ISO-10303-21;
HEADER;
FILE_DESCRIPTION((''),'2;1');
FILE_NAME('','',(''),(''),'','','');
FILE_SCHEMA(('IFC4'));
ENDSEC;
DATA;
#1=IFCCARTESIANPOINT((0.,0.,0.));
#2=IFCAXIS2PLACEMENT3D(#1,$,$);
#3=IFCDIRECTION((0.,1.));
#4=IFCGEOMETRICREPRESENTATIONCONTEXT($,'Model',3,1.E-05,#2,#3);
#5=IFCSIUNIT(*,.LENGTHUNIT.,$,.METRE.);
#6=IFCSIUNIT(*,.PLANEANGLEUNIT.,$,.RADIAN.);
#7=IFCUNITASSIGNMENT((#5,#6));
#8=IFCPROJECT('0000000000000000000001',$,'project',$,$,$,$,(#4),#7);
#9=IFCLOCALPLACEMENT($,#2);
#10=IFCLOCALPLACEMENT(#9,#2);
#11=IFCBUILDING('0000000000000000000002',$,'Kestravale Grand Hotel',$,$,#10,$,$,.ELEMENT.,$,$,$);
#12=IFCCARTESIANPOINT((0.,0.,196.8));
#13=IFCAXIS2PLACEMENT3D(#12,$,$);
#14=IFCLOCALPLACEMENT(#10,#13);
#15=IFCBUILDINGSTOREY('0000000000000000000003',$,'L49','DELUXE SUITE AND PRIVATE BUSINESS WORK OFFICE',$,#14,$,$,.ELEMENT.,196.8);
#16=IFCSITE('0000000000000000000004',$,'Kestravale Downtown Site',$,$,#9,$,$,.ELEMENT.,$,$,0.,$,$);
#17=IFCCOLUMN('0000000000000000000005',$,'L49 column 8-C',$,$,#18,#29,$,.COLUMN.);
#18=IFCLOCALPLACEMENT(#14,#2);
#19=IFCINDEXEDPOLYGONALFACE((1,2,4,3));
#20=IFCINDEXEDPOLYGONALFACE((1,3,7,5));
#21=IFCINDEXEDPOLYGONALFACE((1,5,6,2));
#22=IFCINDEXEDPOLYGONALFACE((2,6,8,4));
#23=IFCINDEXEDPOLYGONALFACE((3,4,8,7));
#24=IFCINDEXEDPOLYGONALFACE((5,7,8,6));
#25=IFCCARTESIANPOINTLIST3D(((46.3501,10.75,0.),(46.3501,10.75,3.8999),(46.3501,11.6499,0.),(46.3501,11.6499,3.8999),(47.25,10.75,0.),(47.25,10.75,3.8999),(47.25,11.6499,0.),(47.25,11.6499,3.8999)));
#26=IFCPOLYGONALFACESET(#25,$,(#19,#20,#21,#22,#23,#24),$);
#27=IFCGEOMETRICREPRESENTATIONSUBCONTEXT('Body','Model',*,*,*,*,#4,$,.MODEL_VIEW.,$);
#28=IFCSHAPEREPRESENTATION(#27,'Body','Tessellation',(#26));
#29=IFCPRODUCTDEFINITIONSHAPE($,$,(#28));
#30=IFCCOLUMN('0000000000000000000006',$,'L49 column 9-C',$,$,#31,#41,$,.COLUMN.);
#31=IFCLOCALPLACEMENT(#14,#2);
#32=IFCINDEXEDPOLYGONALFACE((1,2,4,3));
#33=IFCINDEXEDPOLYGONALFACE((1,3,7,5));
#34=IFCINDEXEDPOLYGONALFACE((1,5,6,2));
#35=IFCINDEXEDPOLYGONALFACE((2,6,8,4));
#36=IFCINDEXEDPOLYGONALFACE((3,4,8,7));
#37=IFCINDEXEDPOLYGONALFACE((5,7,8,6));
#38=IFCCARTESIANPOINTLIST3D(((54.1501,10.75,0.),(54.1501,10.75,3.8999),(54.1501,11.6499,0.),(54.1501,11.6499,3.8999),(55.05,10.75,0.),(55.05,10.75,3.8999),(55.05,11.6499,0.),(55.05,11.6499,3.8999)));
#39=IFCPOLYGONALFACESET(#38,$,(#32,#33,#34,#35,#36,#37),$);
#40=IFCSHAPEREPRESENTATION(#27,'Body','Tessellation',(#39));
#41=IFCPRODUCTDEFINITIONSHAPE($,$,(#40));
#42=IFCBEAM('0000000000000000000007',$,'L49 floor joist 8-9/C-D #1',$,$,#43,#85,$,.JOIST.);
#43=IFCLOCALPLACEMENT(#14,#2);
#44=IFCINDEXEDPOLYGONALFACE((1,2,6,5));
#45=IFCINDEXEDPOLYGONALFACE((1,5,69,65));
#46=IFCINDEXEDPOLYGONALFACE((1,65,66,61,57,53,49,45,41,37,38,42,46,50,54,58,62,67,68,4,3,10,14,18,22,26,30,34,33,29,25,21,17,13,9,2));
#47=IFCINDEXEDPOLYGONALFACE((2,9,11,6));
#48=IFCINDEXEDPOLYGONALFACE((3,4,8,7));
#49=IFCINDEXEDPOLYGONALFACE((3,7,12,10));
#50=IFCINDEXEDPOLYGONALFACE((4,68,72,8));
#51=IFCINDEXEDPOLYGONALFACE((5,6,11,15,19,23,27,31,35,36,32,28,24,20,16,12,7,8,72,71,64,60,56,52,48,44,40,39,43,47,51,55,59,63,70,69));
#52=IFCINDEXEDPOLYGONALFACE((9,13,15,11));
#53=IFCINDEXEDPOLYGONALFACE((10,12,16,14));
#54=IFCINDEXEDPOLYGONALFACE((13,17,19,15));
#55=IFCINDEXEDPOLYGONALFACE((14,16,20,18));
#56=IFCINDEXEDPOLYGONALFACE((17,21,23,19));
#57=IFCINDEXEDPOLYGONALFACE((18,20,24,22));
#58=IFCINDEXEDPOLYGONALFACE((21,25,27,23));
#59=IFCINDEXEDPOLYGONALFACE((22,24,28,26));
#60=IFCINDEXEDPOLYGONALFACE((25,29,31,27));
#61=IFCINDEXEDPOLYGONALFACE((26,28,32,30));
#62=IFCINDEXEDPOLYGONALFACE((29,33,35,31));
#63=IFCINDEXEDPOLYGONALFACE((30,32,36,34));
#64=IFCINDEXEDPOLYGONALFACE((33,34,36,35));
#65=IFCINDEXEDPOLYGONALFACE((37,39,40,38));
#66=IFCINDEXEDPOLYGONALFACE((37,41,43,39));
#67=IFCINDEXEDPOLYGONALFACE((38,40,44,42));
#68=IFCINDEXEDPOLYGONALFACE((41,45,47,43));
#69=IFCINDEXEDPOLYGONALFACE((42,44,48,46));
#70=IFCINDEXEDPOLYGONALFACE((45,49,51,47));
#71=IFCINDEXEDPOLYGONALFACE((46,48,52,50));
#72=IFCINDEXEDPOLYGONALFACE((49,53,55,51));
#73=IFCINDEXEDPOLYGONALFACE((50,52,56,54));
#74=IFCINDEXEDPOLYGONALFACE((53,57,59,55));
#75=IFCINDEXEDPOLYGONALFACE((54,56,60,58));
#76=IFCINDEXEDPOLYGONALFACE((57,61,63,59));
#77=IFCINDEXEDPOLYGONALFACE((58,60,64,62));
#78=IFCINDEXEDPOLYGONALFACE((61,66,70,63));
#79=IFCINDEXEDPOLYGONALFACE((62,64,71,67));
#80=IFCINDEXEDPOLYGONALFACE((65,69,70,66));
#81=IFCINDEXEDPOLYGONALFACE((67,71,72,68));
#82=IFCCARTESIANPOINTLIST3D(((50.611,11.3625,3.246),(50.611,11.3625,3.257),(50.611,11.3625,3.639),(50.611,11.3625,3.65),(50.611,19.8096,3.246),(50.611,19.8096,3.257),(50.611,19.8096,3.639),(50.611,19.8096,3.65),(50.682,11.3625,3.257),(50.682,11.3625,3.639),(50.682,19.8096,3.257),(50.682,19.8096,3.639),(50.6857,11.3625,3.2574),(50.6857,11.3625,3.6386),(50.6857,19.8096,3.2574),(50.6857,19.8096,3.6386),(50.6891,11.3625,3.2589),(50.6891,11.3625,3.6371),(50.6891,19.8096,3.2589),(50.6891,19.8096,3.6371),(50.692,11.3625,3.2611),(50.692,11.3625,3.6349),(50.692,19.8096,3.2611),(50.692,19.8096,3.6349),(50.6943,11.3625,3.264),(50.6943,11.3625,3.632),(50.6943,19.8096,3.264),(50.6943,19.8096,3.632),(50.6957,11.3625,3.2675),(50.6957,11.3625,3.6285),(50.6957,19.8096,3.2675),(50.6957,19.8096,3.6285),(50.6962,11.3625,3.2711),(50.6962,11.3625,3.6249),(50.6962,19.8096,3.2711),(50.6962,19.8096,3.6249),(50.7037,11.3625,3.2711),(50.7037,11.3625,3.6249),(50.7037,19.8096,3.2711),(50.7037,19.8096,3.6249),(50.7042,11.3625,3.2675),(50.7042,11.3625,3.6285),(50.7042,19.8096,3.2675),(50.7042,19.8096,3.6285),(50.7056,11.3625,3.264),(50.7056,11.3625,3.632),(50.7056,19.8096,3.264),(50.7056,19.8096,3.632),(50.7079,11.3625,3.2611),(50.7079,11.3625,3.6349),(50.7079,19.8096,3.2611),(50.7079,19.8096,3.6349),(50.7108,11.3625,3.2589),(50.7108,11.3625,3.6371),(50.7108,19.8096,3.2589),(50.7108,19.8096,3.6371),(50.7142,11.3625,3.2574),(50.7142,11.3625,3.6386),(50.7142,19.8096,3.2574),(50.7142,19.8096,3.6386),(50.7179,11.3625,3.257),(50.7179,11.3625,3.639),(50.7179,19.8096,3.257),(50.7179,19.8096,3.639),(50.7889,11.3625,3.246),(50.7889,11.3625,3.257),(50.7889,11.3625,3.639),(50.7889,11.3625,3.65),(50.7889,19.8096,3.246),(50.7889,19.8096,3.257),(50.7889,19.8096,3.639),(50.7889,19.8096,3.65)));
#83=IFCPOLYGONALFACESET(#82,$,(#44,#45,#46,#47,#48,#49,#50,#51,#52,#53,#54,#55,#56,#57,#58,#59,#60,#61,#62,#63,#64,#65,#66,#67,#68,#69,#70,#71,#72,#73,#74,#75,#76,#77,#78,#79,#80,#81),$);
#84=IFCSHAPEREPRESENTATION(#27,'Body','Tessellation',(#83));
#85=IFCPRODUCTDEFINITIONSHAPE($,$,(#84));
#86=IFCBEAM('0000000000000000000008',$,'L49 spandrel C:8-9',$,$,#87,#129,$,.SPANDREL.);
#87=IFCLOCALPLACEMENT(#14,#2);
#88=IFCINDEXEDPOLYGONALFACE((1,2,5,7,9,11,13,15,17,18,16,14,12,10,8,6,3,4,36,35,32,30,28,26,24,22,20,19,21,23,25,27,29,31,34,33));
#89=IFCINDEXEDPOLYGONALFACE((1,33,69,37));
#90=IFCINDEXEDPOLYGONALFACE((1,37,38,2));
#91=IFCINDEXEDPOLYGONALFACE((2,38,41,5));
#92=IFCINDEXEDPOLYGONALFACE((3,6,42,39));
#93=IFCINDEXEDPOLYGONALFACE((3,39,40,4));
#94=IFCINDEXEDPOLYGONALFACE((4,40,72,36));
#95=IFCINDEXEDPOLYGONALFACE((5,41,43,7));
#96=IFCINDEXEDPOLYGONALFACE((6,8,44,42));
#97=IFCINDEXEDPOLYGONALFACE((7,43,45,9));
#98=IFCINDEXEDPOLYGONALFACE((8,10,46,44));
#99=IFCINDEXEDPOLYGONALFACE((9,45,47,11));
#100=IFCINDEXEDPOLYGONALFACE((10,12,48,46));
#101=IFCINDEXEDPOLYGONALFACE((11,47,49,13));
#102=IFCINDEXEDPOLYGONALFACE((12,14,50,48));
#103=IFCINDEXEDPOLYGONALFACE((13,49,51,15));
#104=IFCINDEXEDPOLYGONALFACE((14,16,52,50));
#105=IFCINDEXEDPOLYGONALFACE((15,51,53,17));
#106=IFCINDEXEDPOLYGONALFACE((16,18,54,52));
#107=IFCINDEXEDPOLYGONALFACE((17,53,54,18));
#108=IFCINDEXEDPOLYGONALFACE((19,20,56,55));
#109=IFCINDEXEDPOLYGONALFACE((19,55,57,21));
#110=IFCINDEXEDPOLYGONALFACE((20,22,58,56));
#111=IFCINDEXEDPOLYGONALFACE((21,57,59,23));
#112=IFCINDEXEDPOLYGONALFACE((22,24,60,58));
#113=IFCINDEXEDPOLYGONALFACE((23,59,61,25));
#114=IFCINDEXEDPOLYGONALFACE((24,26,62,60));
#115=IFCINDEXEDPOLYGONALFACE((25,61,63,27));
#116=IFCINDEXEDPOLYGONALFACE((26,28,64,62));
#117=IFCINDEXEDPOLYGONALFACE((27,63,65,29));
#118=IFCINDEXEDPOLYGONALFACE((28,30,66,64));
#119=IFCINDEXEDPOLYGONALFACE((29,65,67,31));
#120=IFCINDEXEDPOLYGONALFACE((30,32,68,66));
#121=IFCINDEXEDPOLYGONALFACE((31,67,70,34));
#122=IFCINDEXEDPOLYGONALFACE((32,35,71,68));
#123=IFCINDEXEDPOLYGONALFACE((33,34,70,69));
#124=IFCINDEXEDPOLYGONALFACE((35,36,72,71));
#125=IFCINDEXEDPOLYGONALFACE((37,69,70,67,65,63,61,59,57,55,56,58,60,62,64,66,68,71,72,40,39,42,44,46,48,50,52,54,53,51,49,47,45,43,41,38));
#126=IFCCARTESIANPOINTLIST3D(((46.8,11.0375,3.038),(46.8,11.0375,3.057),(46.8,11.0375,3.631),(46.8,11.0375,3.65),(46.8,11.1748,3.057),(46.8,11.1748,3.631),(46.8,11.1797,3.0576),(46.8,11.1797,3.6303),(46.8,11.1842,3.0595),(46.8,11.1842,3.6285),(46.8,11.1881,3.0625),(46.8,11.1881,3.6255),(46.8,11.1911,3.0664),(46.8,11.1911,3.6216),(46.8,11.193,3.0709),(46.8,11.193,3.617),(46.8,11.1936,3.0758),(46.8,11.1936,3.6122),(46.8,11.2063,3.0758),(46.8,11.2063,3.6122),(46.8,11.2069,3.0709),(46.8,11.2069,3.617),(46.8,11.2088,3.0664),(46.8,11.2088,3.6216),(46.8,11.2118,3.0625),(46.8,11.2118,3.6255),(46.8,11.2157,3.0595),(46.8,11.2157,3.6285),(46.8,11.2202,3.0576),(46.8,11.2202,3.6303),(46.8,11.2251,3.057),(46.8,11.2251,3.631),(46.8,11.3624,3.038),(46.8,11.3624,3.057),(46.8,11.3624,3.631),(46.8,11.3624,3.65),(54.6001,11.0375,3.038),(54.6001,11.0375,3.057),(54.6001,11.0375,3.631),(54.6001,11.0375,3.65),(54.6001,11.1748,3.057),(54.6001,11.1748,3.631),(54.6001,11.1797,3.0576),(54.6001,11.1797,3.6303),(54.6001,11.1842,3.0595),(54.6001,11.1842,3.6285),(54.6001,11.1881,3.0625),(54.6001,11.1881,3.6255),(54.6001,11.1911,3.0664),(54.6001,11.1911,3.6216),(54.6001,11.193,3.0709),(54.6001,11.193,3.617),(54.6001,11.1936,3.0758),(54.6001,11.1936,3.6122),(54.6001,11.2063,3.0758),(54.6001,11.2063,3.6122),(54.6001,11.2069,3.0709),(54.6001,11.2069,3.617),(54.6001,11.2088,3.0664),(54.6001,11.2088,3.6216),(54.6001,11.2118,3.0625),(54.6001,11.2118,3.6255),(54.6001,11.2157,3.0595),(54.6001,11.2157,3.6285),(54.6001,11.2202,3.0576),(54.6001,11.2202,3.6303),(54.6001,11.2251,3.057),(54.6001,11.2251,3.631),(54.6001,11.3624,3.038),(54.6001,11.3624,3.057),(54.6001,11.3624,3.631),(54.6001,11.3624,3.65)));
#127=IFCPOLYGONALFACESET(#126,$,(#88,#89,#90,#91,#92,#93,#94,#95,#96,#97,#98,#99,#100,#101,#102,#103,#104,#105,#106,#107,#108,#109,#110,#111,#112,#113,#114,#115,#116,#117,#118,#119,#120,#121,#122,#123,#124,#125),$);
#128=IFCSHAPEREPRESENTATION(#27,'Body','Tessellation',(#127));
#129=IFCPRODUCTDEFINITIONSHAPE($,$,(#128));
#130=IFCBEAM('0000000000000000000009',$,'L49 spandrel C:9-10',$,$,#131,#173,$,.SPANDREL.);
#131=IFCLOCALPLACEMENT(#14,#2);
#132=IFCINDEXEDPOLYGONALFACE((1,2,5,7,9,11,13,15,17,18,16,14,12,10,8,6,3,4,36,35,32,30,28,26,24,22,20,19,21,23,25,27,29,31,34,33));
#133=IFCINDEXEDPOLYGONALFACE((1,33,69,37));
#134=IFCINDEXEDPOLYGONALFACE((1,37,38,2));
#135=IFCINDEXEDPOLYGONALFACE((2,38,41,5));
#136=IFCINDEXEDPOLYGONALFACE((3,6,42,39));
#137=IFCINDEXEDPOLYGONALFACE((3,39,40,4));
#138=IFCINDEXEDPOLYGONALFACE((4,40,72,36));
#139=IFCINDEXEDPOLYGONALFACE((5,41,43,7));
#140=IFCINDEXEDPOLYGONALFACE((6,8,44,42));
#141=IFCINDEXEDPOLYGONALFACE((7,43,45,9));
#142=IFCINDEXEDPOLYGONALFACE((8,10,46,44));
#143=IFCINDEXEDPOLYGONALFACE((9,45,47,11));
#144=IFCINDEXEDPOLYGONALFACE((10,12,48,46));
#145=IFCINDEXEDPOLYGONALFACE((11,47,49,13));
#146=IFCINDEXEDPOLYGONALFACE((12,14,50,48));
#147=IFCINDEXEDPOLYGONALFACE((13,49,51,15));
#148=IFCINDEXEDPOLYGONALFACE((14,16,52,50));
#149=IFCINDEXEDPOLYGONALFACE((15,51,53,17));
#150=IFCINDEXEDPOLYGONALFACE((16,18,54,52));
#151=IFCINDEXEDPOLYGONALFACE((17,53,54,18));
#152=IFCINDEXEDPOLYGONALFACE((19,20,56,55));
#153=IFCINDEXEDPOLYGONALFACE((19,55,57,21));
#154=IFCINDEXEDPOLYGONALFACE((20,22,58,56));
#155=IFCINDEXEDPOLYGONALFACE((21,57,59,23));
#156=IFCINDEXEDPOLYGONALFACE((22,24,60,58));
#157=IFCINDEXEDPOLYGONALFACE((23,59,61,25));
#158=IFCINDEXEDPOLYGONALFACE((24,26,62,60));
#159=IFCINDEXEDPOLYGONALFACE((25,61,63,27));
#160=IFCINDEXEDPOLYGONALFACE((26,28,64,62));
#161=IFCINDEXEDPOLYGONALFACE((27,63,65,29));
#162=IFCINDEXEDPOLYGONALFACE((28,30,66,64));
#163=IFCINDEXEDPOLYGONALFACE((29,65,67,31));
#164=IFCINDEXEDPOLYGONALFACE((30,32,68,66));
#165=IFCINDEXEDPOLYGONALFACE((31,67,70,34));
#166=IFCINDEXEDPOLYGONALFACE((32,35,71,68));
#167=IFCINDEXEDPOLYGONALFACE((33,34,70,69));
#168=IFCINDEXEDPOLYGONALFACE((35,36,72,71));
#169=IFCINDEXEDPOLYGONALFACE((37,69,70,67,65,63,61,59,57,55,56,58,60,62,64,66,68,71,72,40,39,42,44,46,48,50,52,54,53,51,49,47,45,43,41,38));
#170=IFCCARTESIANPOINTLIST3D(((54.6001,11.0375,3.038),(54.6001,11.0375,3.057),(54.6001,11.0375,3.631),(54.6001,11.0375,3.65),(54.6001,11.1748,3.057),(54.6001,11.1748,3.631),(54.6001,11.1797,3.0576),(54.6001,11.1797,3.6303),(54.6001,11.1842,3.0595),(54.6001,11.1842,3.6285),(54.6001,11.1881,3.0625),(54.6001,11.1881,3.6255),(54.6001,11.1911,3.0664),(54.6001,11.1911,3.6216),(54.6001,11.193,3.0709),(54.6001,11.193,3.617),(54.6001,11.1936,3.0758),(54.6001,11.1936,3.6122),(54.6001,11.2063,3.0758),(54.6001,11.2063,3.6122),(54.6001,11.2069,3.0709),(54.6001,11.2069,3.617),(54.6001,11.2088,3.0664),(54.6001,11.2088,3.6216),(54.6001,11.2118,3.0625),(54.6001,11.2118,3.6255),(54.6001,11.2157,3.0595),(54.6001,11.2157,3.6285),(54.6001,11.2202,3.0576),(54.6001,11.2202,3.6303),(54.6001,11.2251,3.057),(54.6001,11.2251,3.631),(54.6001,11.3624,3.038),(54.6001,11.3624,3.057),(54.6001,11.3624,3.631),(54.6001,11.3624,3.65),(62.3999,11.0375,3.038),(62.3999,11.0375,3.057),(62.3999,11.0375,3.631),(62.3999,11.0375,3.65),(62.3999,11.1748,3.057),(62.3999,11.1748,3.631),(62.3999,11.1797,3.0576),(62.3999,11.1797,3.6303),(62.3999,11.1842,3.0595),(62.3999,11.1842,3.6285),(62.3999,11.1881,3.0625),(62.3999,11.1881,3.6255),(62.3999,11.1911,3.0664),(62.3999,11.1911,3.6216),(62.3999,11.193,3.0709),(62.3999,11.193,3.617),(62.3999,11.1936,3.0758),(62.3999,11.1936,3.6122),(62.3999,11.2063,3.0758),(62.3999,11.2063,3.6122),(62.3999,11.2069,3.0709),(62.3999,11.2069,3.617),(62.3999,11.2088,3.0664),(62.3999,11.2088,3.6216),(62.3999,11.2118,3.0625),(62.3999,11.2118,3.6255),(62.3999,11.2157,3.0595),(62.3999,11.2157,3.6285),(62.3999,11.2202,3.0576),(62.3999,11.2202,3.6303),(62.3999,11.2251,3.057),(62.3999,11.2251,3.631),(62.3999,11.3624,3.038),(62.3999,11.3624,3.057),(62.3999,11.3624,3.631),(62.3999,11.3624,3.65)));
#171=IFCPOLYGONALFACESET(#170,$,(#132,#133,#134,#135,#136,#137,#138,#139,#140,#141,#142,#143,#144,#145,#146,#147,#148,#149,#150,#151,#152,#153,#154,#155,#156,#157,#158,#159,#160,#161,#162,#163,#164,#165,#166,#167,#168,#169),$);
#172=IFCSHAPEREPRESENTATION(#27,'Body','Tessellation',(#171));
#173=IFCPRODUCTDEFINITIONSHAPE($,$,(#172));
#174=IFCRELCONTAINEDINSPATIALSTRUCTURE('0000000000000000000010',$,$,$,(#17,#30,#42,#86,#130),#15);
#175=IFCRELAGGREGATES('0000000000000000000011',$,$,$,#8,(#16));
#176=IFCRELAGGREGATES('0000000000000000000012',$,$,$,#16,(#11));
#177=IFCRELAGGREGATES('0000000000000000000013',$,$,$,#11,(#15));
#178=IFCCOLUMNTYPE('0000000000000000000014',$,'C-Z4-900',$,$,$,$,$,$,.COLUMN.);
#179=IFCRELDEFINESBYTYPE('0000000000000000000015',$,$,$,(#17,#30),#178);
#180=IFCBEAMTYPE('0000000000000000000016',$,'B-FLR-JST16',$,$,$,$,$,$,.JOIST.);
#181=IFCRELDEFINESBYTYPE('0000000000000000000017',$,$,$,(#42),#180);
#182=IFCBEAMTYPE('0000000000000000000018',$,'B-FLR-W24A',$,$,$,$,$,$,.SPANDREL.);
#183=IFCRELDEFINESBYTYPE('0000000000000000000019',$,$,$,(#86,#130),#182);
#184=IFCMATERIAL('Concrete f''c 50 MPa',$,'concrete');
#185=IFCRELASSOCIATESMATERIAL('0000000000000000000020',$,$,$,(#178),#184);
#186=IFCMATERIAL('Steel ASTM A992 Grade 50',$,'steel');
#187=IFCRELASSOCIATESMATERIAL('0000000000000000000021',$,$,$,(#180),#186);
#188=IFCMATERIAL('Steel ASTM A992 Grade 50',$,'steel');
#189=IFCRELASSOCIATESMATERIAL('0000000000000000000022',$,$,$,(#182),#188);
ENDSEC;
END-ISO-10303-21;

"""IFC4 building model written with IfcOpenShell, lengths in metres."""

from ifc_helpers import new_model, si_unit, direction, frame, origin, origin_2d, place, context, subcontext, project, spatial, rectangle, i_section, extrude, material, material_profile, profile_set, type_object, element, save


model = new_model("IFC4")

# Units and contexts
model_context = context("Model", 3, precision=1e-05, world=origin(), true_north=direction((0.0, 1.0)))
body_context = subcontext(model_context, "Body", "Model", "MODEL_VIEW")
ifc_project = project(units=[si_unit("LENGTHUNIT", "METRE"), si_unit("PLANEANGLEUNIT", "RADIAN")], contexts=[model_context])

# Site, building, storey
site_placement = place(None, origin())
site = spatial("IfcSite", under=ifc_project, at=site_placement, Name="Kestravale Downtown Site", CompositionType="ELEMENT", RefElevation=0.0)
building_placement = place(site_placement, origin())
building = spatial("IfcBuilding", under=site, at=building_placement, Name="Kestravale Grand Hotel", CompositionType="ELEMENT")
storey_placement = place(building_placement, frame((0.0, 0.0, 196.8)))
storey = spatial("IfcBuildingStorey", under=building, at=storey_placement, Name="L49", Description="DELUXE SUITE AND PRIVATE BUSINESS WORK OFFICE", CompositionType="ELEMENT", Elevation=196.8)

# Columns
ifc_material_1 = material(Name="Concrete f'c 50 MPa", Category="concrete")
ifc_material_profile_1 = material_profile(ifc_material_1, rectangle(XDim=0.8999, YDim=0.8999, at=origin_2d()))
ifc_profile_set_1 = profile_set([ifc_material_profile_1], Name="Concrete f'c 50 MPa")
column_type = type_object("IfcColumnType", Name="C-Z4-900", PredefinedType="COLUMN", material=ifc_profile_set_1)
for number, where, z_axis, x_axis, name in (
    (1, (46.8, 11.2, 0.0), (0.0, 0.0, 1.0), (1.0, 0.0, 0.0), "L49 column 8-C"),
    (2, (54.6001, 11.2, 0.0), (0.0, 0.0, 1.0), (1.0, 0.0, 0.0), "L49 column 9-C"),
):
    element("IfcColumn", number, at=place(storey_placement, frame(where, z_axis=z_axis, x_axis=x_axis)), inside=storey, type_object=column_type, Name=name, PredefinedType="COLUMN", context=body_context, shape_type="SweptSolid", body=[
        extrude(rectangle(XDim=0.8999, YDim=0.8999, at=origin_2d()), origin(), (0.0, 0.0, 1.0), 3.8999),
    ])

# Beams
ifc_material_2 = material(Name="Steel ASTM A992 Grade 50", Category="steel")
ifc_material_profile_2 = material_profile(ifc_material_2, i_section(OverallWidth=0.178, OverallDepth=0.4041, WebThickness=0.0076, FlangeThickness=0.011, FilletRadius=0.0142, at=origin_2d()))
ifc_profile_set_2 = profile_set([ifc_material_profile_2], Name="Steel ASTM A992 Grade 50")
beam_type_1 = type_object("IfcBeamType", Name="B-FLR-JST16", PredefinedType="JOIST", material=ifc_profile_set_2)
beam_1_placement = place(storey_placement, frame((50.7, 11.3625, 3.448), z_axis=(0.0, 1.0, 0.0), x_axis=(-1.0, 0.0, 0.0)))
element("IfcBeam", 3, at=beam_1_placement, inside=storey, type_object=beam_type_1, Name="L49 floor joist 8-9/C-D #1", PredefinedType="JOIST", context=body_context, shape_type="SweptSolid", body=[
    extrude(i_section(OverallWidth=0.178, OverallDepth=0.4041, WebThickness=0.0076, FlangeThickness=0.011, FilletRadius=0.0142, at=origin_2d()), origin(), (0.0, 0.0, 1.0), 8.447),
])
ifc_material_3 = material(Name="Steel ASTM A992 Grade 50", Category="steel")
ifc_material_profile_3 = material_profile(ifc_material_3, i_section(OverallWidth=0.325, OverallDepth=0.6121, WebThickness=0.0127, FlangeThickness=0.019, FilletRadius=0.0188, at=origin_2d()))
ifc_profile_set_3 = profile_set([ifc_material_profile_3], Name="Steel ASTM A992 Grade 50")
beam_type_2 = type_object("IfcBeamType", Name="B-FLR-W24A", PredefinedType="SPANDREL", material=ifc_profile_set_3)
beam_2_placement = place(storey_placement, frame((46.8, 11.2, 3.344), z_axis=(1.0, 0.0, 0.0), x_axis=(0.0, 1.0, 0.0)))
element("IfcBeam", 4, at=beam_2_placement, inside=storey, type_object=beam_type_2, Name="L49 spandrel C:8-9", PredefinedType="SPANDREL", context=body_context, shape_type="SweptSolid", body=[
    extrude(i_section(OverallWidth=0.325, OverallDepth=0.6121, WebThickness=0.0127, FlangeThickness=0.019, FilletRadius=0.0188, at=origin_2d()), origin(), (0.0, 0.0, 1.0), 7.8),
])
beam_3_placement = place(storey_placement, frame((54.6001, 11.2, 3.344), z_axis=(1.0, 0.0, 0.0), x_axis=(0.0, 1.0, 0.0)))
element("IfcBeam", 5, at=beam_3_placement, inside=storey, type_object=beam_type_2, Name="L49 spandrel C:9-10", PredefinedType="SPANDREL", context=body_context, shape_type="SweptSolid", body=[
    extrude(i_section(OverallWidth=0.325, OverallDepth=0.6121, WebThickness=0.0127, FlangeThickness=0.019, FilletRadius=0.0188, at=origin_2d()), origin(), (0.0, 0.0, 1.0), 7.7998),
])

save(model, "model.ifc")
